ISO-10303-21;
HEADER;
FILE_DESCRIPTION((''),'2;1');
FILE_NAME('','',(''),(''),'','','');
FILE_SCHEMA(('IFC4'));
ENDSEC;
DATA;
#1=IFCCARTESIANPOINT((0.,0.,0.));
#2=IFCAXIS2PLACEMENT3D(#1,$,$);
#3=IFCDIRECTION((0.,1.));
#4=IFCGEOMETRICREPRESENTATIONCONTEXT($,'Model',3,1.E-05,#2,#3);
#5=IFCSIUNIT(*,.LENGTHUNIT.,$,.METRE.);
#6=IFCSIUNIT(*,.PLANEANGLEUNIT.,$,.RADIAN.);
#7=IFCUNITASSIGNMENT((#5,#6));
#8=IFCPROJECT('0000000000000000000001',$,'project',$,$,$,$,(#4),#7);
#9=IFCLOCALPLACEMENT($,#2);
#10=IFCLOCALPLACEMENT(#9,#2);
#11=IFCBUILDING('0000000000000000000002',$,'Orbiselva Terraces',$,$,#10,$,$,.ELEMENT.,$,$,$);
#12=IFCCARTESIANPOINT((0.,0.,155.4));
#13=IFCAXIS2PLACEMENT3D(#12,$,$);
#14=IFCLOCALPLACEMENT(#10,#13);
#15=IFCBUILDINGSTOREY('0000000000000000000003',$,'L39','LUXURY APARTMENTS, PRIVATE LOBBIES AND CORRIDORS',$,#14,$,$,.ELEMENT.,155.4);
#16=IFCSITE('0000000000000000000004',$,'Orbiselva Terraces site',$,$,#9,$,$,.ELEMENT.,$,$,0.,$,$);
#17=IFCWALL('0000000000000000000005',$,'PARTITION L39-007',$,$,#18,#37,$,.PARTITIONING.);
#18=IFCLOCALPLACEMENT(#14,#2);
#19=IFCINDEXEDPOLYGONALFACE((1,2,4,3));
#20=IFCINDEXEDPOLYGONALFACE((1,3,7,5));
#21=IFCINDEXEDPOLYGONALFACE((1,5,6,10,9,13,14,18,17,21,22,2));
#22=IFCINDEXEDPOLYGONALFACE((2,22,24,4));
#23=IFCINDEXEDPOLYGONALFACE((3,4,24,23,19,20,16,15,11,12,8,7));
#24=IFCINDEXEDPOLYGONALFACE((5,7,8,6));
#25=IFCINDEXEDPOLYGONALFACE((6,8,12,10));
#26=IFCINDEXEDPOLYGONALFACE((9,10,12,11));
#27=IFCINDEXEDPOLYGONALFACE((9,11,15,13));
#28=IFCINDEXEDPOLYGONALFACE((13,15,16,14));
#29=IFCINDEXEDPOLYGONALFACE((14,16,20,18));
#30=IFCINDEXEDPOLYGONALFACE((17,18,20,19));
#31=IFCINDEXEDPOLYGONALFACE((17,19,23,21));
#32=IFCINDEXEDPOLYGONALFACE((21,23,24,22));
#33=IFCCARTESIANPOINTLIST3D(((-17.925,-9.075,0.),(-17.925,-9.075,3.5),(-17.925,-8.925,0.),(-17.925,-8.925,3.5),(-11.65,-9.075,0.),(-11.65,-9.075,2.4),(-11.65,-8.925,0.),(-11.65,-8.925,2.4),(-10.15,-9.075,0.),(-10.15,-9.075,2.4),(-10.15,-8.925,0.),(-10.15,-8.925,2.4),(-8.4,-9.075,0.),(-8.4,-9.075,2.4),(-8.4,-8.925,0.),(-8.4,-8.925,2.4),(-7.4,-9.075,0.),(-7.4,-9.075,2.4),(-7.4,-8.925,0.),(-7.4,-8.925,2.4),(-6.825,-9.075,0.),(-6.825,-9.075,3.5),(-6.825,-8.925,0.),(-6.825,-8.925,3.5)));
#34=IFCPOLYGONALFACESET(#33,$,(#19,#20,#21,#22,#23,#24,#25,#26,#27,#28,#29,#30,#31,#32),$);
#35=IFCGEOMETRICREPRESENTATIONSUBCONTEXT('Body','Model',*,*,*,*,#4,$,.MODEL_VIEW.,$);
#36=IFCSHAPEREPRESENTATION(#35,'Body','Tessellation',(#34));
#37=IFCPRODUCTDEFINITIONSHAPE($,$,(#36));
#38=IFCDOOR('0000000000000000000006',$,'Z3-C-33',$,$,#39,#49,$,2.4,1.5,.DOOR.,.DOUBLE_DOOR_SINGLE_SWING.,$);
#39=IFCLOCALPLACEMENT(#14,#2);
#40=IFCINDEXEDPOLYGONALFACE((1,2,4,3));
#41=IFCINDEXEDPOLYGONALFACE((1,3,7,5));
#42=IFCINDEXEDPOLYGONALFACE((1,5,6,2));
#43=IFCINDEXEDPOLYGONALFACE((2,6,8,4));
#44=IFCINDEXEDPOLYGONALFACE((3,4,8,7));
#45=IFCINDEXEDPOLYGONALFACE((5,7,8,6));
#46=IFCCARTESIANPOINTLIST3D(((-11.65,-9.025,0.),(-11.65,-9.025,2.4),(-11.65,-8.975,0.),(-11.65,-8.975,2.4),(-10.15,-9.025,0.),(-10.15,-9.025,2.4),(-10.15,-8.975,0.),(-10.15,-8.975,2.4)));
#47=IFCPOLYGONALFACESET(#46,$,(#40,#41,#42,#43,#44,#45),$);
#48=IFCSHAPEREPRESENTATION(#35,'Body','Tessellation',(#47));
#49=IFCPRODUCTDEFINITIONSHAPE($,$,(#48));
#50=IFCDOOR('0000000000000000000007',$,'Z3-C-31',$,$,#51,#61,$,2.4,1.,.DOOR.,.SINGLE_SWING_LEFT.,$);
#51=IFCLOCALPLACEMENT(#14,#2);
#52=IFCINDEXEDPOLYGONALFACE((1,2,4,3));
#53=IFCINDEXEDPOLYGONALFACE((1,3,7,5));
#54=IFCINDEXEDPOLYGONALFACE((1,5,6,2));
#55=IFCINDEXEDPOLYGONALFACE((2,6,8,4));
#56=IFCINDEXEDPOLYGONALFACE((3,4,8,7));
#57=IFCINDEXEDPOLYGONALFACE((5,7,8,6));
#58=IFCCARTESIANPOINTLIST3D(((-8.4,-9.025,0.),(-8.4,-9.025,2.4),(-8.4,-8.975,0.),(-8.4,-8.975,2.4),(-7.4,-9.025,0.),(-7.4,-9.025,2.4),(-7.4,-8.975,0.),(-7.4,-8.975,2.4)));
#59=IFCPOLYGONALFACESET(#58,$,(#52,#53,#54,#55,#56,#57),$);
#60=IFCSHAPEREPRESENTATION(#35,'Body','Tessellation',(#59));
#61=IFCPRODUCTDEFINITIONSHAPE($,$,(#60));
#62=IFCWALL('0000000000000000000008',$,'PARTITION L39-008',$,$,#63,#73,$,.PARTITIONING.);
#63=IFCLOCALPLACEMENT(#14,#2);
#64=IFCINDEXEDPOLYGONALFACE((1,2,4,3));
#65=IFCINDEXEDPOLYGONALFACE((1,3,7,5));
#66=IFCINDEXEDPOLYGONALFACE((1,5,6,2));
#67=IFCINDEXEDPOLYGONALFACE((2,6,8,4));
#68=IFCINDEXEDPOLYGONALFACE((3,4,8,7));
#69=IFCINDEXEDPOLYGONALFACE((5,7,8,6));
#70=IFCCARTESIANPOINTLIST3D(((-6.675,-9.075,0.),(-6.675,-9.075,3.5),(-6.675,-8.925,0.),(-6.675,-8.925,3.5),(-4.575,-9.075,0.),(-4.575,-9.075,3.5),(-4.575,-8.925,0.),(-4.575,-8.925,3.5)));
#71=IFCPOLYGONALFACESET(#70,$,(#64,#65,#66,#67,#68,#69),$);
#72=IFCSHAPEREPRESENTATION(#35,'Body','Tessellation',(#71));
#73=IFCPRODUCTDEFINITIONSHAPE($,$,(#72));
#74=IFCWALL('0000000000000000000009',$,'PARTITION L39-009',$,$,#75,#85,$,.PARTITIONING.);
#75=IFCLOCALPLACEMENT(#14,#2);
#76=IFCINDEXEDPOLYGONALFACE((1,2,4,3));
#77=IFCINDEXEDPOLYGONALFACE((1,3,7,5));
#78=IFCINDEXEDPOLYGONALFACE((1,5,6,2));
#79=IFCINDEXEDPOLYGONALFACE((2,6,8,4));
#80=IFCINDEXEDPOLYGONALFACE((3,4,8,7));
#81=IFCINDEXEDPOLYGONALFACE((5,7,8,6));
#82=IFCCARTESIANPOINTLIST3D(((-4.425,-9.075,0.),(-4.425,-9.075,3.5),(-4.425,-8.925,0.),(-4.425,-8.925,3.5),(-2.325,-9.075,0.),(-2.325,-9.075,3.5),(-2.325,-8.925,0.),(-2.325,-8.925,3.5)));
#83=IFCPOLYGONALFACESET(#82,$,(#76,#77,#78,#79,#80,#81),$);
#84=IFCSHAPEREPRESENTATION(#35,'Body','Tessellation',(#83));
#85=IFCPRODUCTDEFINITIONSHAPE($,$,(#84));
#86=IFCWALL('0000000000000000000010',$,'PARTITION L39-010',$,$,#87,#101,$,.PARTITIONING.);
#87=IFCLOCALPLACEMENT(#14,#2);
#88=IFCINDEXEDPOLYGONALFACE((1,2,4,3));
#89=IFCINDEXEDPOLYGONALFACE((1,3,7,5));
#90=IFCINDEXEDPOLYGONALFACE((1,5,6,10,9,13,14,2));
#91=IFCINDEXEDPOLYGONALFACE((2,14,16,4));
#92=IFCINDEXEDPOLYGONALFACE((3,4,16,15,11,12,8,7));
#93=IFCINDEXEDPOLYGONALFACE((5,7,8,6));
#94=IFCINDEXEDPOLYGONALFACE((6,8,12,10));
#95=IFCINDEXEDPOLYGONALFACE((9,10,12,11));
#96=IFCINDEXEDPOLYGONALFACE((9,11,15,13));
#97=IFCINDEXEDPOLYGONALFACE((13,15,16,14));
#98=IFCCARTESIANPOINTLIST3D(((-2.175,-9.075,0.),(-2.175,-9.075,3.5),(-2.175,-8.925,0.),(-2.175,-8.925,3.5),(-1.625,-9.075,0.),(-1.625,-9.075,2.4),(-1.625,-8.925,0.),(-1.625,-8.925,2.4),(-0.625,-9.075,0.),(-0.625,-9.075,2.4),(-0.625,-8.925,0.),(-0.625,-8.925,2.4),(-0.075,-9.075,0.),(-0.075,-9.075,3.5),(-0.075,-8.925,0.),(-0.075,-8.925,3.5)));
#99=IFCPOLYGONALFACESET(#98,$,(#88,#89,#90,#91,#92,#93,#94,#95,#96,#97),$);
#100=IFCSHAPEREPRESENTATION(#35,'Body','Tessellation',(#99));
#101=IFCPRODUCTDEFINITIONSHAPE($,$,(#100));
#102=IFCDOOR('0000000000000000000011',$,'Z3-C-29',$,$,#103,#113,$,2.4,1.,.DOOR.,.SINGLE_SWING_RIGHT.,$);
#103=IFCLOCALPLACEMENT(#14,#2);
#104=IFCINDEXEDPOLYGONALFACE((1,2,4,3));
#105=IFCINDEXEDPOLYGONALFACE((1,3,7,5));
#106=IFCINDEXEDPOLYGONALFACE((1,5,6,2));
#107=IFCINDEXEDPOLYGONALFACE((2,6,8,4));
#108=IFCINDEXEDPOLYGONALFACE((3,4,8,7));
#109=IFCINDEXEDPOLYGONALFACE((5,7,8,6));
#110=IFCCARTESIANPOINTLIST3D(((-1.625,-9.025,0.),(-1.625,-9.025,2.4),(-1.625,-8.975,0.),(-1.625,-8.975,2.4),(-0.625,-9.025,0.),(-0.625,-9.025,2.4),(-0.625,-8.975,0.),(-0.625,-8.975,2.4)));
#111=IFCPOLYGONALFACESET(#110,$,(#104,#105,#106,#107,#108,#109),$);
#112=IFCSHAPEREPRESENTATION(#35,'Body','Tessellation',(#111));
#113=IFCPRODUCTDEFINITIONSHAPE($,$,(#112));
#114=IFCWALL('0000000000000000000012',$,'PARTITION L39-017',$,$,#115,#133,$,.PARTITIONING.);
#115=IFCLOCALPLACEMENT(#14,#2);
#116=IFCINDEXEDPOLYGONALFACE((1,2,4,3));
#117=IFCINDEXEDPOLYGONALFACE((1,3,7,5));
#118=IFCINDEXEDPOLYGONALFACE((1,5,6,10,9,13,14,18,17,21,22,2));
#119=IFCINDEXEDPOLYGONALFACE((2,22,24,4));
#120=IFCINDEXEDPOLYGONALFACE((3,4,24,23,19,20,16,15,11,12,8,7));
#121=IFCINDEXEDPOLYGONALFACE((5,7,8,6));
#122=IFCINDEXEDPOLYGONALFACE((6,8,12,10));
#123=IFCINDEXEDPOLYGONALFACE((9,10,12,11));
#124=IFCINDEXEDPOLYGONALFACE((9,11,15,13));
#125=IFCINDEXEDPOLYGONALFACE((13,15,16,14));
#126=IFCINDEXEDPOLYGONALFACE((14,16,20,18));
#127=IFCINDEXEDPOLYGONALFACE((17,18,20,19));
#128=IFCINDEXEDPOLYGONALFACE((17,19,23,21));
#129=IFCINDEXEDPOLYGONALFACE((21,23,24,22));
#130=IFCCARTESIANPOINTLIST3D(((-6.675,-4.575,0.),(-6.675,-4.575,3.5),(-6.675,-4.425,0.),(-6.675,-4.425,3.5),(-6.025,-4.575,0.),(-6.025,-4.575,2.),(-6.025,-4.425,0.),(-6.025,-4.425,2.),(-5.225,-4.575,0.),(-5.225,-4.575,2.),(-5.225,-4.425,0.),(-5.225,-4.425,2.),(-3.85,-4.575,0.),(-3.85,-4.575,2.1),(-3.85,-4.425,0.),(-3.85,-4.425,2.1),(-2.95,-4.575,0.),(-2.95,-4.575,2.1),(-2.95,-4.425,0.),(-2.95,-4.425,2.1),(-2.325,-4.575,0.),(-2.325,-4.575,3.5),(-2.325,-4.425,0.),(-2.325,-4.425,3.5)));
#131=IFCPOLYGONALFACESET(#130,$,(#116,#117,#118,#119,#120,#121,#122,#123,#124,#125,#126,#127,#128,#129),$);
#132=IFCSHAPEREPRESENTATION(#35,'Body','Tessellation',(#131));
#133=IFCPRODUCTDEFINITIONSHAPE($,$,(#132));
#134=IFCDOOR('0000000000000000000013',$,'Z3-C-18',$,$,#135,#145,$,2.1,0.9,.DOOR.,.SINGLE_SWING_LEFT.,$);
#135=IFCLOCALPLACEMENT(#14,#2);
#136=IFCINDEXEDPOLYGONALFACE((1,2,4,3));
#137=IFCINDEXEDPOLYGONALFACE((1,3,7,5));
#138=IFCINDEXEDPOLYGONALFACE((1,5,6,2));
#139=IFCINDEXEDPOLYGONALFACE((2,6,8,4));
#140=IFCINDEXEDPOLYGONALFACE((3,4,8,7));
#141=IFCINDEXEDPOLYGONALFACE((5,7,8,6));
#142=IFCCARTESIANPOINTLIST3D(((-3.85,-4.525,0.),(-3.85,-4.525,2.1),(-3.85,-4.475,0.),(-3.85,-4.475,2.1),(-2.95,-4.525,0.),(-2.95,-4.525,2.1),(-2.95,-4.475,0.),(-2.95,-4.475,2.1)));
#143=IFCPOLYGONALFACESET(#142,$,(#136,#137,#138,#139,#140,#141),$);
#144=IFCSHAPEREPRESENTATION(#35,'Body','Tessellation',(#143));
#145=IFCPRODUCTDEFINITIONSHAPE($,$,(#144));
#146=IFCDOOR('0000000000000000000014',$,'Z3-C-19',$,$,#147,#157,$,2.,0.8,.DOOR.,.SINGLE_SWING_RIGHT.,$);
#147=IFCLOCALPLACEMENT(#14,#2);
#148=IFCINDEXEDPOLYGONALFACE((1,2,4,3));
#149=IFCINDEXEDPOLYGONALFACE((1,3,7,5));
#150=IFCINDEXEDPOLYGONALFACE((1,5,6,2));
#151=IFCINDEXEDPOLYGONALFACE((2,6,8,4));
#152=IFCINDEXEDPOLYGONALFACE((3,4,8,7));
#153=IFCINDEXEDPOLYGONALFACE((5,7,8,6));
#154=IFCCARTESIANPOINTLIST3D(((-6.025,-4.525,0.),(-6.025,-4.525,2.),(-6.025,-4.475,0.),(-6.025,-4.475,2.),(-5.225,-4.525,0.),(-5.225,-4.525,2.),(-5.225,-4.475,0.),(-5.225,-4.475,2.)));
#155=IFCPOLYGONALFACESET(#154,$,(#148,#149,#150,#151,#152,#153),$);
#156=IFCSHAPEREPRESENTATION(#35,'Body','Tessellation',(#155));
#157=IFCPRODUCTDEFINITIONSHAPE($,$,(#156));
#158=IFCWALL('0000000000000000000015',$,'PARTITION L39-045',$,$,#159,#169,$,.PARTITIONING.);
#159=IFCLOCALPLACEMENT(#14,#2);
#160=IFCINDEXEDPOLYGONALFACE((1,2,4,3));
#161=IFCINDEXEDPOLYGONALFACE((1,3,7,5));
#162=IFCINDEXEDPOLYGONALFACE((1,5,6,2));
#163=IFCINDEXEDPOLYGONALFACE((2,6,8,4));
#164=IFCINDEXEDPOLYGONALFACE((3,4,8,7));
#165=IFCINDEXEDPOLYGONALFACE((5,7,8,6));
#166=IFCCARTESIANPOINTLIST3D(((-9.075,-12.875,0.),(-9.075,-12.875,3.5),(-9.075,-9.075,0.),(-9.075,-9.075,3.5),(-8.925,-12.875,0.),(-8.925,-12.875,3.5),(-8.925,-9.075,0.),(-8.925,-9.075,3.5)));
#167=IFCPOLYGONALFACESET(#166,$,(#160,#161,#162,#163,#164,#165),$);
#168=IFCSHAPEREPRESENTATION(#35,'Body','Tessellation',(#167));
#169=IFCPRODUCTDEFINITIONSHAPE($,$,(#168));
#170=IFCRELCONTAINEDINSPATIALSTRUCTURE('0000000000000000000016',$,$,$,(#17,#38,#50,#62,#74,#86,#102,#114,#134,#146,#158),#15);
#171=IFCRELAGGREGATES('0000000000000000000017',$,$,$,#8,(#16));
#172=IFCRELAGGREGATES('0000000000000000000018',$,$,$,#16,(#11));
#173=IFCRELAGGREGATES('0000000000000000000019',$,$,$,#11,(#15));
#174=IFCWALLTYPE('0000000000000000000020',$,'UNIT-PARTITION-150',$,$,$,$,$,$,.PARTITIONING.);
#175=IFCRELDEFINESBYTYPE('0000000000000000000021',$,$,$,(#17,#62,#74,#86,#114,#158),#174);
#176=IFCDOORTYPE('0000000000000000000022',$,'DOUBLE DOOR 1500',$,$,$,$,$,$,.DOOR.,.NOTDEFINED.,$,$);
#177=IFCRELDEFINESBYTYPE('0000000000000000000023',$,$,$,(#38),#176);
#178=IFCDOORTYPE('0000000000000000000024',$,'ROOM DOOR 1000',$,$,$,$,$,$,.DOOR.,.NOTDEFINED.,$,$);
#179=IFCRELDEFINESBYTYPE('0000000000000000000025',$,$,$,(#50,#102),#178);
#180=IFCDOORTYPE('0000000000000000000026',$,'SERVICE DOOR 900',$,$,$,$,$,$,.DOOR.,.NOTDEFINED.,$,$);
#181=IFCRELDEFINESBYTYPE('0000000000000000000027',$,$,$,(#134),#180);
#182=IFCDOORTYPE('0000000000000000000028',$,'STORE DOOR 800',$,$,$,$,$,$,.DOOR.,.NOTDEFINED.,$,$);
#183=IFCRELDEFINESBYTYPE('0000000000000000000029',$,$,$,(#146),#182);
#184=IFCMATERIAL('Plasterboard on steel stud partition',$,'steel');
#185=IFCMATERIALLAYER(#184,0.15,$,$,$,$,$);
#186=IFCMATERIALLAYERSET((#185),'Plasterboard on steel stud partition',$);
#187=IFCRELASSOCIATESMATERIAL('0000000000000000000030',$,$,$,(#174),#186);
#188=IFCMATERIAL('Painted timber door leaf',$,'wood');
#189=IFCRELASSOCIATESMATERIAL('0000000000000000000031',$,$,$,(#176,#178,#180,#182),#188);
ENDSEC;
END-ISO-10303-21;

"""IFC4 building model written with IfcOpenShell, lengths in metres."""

from ifc_helpers import new_model, si_unit, direction, frame, frame_2d, origin, place, context, subcontext, project, spatial, rectangle, extrude, material, layer, layer_set, type_object, element, fill, save


model = new_model("IFC4")

# Units and contexts
model_context = context("Model", 3, precision=1e-05, world=origin(), true_north=direction((0.0, 1.0)))
body_context = subcontext(model_context, "Body", "Model", "MODEL_VIEW")
ifc_project = project(units=[si_unit("LENGTHUNIT", "METRE"), si_unit("PLANEANGLEUNIT", "RADIAN")], contexts=[model_context])

# Site, building, storey
site_placement = place(None, origin())
site = spatial("IfcSite", under=ifc_project, at=site_placement, Name="Orbiselva Terraces site", CompositionType="ELEMENT", RefElevation=0.0)
building_placement = place(site_placement, origin())
building = spatial("IfcBuilding", under=site, at=building_placement, Name="Orbiselva Terraces", CompositionType="ELEMENT")
storey_placement = place(building_placement, frame((0.0, 0.0, 155.4)))
storey = spatial("IfcBuildingStorey", under=building, at=storey_placement, Name="L39", Description="LUXURY APARTMENTS, PRIVATE LOBBIES AND CORRIDORS", CompositionType="ELEMENT", Elevation=155.4)

# Shared definitions
ifc_material_1 = material(Name="Plasterboard on steel stud partition", Category="steel")
ifc_layer_1 = layer(ifc_material_1, 0.15)
ifc_layer_set_1 = layer_set([ifc_layer_1], Name="Plasterboard on steel stud partition")
wall_type_1 = type_object("IfcWallType", Name="UNIT-PARTITION-150", PredefinedType="PARTITIONING", material=ifc_layer_set_1)
ifc_material_2 = material(Name="Painted timber door leaf", Category="wood")

# Wall, openings, doors
wall_1_placement = place(storey_placement, frame((-6.825, -9.0, 0.0), z_axis=(0.0, 0.0, 1.0), x_axis=(-1.0, 0.0, 0.0)))
wall_1 = element("IfcWall", 1, at=wall_1_placement, inside=storey, type_object=wall_type_1, Name="PARTITION L39-007", PredefinedType="PARTITIONING", context=body_context, shape_type="SweptSolid", body=[
    extrude(rectangle(XDim=11.1, YDim=0.15, at=frame_2d((5.55, 0.0))), origin(), (0.0, 0.0, 1.0), 3.5),
])
opening_1_placement = place(wall_1_placement, frame((0.575, 0.0, 0.0)))
opening_1 = element("IfcOpeningElement", 2, at=opening_1_placement, cuts=wall_1, PredefinedType="OPENING", context=body_context, shape_type="SweptSolid", body=[
    extrude(rectangle(XDim=1.0, YDim=2.4, at=frame_2d((0.5, 1.2))), frame((0.0, 0.085, 0.0), z_axis=(0.0, -1.0, 0.0), x_axis=(1.0, 0.0, 0.0)), (0.0, 0.0, 1.0), 0.17),
])
opening_2_placement = place(wall_1_placement, frame((3.325, 0.0, 0.0)))
opening_2 = element("IfcOpeningElement", 3, at=opening_2_placement, cuts=wall_1, PredefinedType="OPENING", context=body_context, shape_type="SweptSolid", body=[
    extrude(rectangle(XDim=1.5, YDim=2.4, at=frame_2d((0.75, 1.2))), frame((0.0, 0.085, 0.0), z_axis=(0.0, -1.0, 0.0), x_axis=(1.0, 0.0, 0.0)), (0.0, 0.0, 1.0), 0.17),
])
door_type_1 = type_object("IfcDoorType", Name="DOUBLE DOOR 1500", OperationType="NOTDEFINED", PredefinedType="DOOR", material=ifc_material_2)
door_1_placement = place(opening_2_placement, origin())
door_1 = element("IfcDoor", 4, at=door_1_placement, inside=storey, type_object=door_type_1, Name="Z3-C-33", OperationType="DOUBLE_DOOR_SINGLE_SWING", OverallHeight=2.4, OverallWidth=1.5, PredefinedType="DOOR", context=body_context, shape_type="SweptSolid", body=[
    extrude(rectangle(XDim=1.5, YDim=2.4, at=frame_2d((0.75, 1.2))), frame((0.0, 0.025, 0.0), z_axis=(0.0, -1.0, 0.0), x_axis=(1.0, 0.0, 0.0)), (0.0, 0.0, 1.0), 0.05),
])
fill(opening_2, door_1)
door_type_2 = type_object("IfcDoorType", Name="ROOM DOOR 1000", OperationType="NOTDEFINED", PredefinedType="DOOR", material=ifc_material_2)
door_2_placement = place(opening_1_placement, origin())
door_2 = element("IfcDoor", 5, at=door_2_placement, inside=storey, type_object=door_type_2, Name="Z3-C-31", OperationType="SINGLE_SWING_LEFT", OverallHeight=2.4, OverallWidth=1.0, PredefinedType="DOOR", context=body_context, shape_type="SweptSolid", body=[
    extrude(rectangle(XDim=1.0, YDim=2.4, at=frame_2d((0.5, 1.2))), frame((0.0, 0.025, 0.0), z_axis=(0.0, -1.0, 0.0), x_axis=(1.0, 0.0, 0.0)), (0.0, 0.0, 1.0), 0.05),
])
fill(opening_1, door_2)

# Walls
for number, where, z_axis, x_axis, name in (
    (6, (-6.675, -9.0, 0.0), (0.0, 0.0, 1.0), (1.0, 0.0, 0.0), "PARTITION L39-008"),
    (7, (-4.425, -9.0, 0.0), (0.0, 0.0, 1.0), (1.0, 0.0, 0.0), "PARTITION L39-009"),
):
    element("IfcWall", number, at=place(storey_placement, frame(where, z_axis=z_axis, x_axis=x_axis)), inside=storey, type_object=wall_type_1, Name=name, PredefinedType="PARTITIONING", context=body_context, shape_type="SweptSolid", body=[
        extrude(rectangle(XDim=2.1, YDim=0.15, at=frame_2d((1.05, 0.0))), origin(), (0.0, 0.0, 1.0), 3.5),
    ])

# Wall, opening, door
wall_2_placement = place(storey_placement, frame((-0.075, -9.0, 0.0), z_axis=(0.0, 0.0, 1.0), x_axis=(-1.0, 0.0, 0.0)))
wall_2 = element("IfcWall", 8, at=wall_2_placement, inside=storey, type_object=wall_type_1, Name="PARTITION L39-010", PredefinedType="PARTITIONING", context=body_context, shape_type="SweptSolid", body=[
    extrude(rectangle(XDim=2.1, YDim=0.15, at=frame_2d((1.05, 0.0))), origin(), (0.0, 0.0, 1.0), 3.5),
])
opening_3_placement = place(wall_2_placement, frame((0.55, 0.0, 0.0)))
opening_3 = element("IfcOpeningElement", 9, at=opening_3_placement, cuts=wall_2, PredefinedType="OPENING", context=body_context, shape_type="SweptSolid", body=[
    extrude(rectangle(XDim=1.0, YDim=2.4, at=frame_2d((0.5, 1.2))), frame((0.0, 0.085, 0.0), z_axis=(0.0, -1.0, 0.0), x_axis=(1.0, 0.0, 0.0)), (0.0, 0.0, 1.0), 0.17),
])
door_3_placement = place(opening_3_placement, origin())
door_3 = element("IfcDoor", 10, at=door_3_placement, inside=storey, type_object=door_type_2, Name="Z3-C-29", OperationType="SINGLE_SWING_RIGHT", OverallHeight=2.4, OverallWidth=1.0, PredefinedType="DOOR", context=body_context, shape_type="SweptSolid", body=[
    extrude(rectangle(XDim=1.0, YDim=2.4, at=frame_2d((0.5, 1.2))), frame((0.0, 0.025, 0.0), z_axis=(0.0, -1.0, 0.0), x_axis=(1.0, 0.0, 0.0)), (0.0, 0.0, 1.0), 0.05),
])
fill(opening_3, door_3)

# Wall, openings, doors
wall_3_placement = place(storey_placement, frame((-2.325, -4.5, 0.0), z_axis=(0.0, 0.0, 1.0), x_axis=(-1.0, 0.0, 0.0)))
wall_3 = element("IfcWall", 11, at=wall_3_placement, inside=storey, type_object=wall_type_1, Name="PARTITION L39-017", PredefinedType="PARTITIONING", context=body_context, shape_type="SweptSolid", body=[
    extrude(rectangle(XDim=4.35, YDim=0.15, at=frame_2d((2.175, 0.0))), origin(), (0.0, 0.0, 1.0), 3.5),
])
opening_4_placement = place(wall_3_placement, frame((0.625, 0.0, 0.0)))
opening_4 = element("IfcOpeningElement", 12, at=opening_4_placement, cuts=wall_3, PredefinedType="OPENING", context=body_context, shape_type="SweptSolid", body=[
    extrude(rectangle(XDim=0.9, YDim=2.1, at=frame_2d((0.45, 1.05))), frame((0.0, 0.085, 0.0), z_axis=(0.0, -1.0, 0.0), x_axis=(1.0, 0.0, 0.0)), (0.0, 0.0, 1.0), 0.17),
])
opening_5_placement = place(wall_3_placement, frame((2.9, 0.0, 0.0)))
opening_5 = element("IfcOpeningElement", 13, at=opening_5_placement, cuts=wall_3, PredefinedType="OPENING", context=body_context, shape_type="SweptSolid", body=[
    extrude(rectangle(XDim=0.8, YDim=2.0, at=frame_2d((0.4, 1.0))), frame((0.0, 0.085, 0.0), z_axis=(0.0, -1.0, 0.0), x_axis=(1.0, 0.0, 0.0)), (0.0, 0.0, 1.0), 0.17),
])
door_type_3 = type_object("IfcDoorType", Name="SERVICE DOOR 900", OperationType="NOTDEFINED", PredefinedType="DOOR", material=ifc_material_2)
door_4_placement = place(opening_4_placement, origin())
door_4 = element("IfcDoor", 14, at=door_4_placement, inside=storey, type_object=door_type_3, Name="Z3-C-18", OperationType="SINGLE_SWING_LEFT", OverallHeight=2.1, OverallWidth=0.9, PredefinedType="DOOR", context=body_context, shape_type="SweptSolid", body=[
    extrude(rectangle(XDim=0.9, YDim=2.1, at=frame_2d((0.45, 1.05))), frame((0.0, 0.025, 0.0), z_axis=(0.0, -1.0, 0.0), x_axis=(1.0, 0.0, 0.0)), (0.0, 0.0, 1.0), 0.05),
])
fill(opening_4, door_4)
door_type_4 = type_object("IfcDoorType", Name="STORE DOOR 800", OperationType="NOTDEFINED", PredefinedType="DOOR", material=ifc_material_2)
door_5_placement = place(opening_5_placement, origin())
door_5 = element("IfcDoor", 15, at=door_5_placement, inside=storey, type_object=door_type_4, Name="Z3-C-19", OperationType="SINGLE_SWING_RIGHT", OverallHeight=2.0, OverallWidth=0.8, PredefinedType="DOOR", context=body_context, shape_type="SweptSolid", body=[
    extrude(rectangle(XDim=0.8, YDim=2.0, at=frame_2d((0.4, 1.0))), frame((0.0, 0.025, 0.0), z_axis=(0.0, -1.0, 0.0), x_axis=(1.0, 0.0, 0.0)), (0.0, 0.0, 1.0), 0.05),
])
fill(opening_5, door_5)

# Wall
wall_4_placement = place(storey_placement, frame((-9.0, -12.875, 0.0), z_axis=(0.0, 0.0, 1.0), x_axis=(0.0, 1.0, 0.0)))
element("IfcWall", 16, at=wall_4_placement, inside=storey, type_object=wall_type_1, Name="PARTITION L39-045", PredefinedType="PARTITIONING", context=body_context, shape_type="SweptSolid", body=[
    extrude(rectangle(XDim=3.8, YDim=0.15, at=frame_2d((1.9, 0.0))), origin(), (0.0, 0.0, 1.0), 3.5),
])

save(model, "model.ifc")
